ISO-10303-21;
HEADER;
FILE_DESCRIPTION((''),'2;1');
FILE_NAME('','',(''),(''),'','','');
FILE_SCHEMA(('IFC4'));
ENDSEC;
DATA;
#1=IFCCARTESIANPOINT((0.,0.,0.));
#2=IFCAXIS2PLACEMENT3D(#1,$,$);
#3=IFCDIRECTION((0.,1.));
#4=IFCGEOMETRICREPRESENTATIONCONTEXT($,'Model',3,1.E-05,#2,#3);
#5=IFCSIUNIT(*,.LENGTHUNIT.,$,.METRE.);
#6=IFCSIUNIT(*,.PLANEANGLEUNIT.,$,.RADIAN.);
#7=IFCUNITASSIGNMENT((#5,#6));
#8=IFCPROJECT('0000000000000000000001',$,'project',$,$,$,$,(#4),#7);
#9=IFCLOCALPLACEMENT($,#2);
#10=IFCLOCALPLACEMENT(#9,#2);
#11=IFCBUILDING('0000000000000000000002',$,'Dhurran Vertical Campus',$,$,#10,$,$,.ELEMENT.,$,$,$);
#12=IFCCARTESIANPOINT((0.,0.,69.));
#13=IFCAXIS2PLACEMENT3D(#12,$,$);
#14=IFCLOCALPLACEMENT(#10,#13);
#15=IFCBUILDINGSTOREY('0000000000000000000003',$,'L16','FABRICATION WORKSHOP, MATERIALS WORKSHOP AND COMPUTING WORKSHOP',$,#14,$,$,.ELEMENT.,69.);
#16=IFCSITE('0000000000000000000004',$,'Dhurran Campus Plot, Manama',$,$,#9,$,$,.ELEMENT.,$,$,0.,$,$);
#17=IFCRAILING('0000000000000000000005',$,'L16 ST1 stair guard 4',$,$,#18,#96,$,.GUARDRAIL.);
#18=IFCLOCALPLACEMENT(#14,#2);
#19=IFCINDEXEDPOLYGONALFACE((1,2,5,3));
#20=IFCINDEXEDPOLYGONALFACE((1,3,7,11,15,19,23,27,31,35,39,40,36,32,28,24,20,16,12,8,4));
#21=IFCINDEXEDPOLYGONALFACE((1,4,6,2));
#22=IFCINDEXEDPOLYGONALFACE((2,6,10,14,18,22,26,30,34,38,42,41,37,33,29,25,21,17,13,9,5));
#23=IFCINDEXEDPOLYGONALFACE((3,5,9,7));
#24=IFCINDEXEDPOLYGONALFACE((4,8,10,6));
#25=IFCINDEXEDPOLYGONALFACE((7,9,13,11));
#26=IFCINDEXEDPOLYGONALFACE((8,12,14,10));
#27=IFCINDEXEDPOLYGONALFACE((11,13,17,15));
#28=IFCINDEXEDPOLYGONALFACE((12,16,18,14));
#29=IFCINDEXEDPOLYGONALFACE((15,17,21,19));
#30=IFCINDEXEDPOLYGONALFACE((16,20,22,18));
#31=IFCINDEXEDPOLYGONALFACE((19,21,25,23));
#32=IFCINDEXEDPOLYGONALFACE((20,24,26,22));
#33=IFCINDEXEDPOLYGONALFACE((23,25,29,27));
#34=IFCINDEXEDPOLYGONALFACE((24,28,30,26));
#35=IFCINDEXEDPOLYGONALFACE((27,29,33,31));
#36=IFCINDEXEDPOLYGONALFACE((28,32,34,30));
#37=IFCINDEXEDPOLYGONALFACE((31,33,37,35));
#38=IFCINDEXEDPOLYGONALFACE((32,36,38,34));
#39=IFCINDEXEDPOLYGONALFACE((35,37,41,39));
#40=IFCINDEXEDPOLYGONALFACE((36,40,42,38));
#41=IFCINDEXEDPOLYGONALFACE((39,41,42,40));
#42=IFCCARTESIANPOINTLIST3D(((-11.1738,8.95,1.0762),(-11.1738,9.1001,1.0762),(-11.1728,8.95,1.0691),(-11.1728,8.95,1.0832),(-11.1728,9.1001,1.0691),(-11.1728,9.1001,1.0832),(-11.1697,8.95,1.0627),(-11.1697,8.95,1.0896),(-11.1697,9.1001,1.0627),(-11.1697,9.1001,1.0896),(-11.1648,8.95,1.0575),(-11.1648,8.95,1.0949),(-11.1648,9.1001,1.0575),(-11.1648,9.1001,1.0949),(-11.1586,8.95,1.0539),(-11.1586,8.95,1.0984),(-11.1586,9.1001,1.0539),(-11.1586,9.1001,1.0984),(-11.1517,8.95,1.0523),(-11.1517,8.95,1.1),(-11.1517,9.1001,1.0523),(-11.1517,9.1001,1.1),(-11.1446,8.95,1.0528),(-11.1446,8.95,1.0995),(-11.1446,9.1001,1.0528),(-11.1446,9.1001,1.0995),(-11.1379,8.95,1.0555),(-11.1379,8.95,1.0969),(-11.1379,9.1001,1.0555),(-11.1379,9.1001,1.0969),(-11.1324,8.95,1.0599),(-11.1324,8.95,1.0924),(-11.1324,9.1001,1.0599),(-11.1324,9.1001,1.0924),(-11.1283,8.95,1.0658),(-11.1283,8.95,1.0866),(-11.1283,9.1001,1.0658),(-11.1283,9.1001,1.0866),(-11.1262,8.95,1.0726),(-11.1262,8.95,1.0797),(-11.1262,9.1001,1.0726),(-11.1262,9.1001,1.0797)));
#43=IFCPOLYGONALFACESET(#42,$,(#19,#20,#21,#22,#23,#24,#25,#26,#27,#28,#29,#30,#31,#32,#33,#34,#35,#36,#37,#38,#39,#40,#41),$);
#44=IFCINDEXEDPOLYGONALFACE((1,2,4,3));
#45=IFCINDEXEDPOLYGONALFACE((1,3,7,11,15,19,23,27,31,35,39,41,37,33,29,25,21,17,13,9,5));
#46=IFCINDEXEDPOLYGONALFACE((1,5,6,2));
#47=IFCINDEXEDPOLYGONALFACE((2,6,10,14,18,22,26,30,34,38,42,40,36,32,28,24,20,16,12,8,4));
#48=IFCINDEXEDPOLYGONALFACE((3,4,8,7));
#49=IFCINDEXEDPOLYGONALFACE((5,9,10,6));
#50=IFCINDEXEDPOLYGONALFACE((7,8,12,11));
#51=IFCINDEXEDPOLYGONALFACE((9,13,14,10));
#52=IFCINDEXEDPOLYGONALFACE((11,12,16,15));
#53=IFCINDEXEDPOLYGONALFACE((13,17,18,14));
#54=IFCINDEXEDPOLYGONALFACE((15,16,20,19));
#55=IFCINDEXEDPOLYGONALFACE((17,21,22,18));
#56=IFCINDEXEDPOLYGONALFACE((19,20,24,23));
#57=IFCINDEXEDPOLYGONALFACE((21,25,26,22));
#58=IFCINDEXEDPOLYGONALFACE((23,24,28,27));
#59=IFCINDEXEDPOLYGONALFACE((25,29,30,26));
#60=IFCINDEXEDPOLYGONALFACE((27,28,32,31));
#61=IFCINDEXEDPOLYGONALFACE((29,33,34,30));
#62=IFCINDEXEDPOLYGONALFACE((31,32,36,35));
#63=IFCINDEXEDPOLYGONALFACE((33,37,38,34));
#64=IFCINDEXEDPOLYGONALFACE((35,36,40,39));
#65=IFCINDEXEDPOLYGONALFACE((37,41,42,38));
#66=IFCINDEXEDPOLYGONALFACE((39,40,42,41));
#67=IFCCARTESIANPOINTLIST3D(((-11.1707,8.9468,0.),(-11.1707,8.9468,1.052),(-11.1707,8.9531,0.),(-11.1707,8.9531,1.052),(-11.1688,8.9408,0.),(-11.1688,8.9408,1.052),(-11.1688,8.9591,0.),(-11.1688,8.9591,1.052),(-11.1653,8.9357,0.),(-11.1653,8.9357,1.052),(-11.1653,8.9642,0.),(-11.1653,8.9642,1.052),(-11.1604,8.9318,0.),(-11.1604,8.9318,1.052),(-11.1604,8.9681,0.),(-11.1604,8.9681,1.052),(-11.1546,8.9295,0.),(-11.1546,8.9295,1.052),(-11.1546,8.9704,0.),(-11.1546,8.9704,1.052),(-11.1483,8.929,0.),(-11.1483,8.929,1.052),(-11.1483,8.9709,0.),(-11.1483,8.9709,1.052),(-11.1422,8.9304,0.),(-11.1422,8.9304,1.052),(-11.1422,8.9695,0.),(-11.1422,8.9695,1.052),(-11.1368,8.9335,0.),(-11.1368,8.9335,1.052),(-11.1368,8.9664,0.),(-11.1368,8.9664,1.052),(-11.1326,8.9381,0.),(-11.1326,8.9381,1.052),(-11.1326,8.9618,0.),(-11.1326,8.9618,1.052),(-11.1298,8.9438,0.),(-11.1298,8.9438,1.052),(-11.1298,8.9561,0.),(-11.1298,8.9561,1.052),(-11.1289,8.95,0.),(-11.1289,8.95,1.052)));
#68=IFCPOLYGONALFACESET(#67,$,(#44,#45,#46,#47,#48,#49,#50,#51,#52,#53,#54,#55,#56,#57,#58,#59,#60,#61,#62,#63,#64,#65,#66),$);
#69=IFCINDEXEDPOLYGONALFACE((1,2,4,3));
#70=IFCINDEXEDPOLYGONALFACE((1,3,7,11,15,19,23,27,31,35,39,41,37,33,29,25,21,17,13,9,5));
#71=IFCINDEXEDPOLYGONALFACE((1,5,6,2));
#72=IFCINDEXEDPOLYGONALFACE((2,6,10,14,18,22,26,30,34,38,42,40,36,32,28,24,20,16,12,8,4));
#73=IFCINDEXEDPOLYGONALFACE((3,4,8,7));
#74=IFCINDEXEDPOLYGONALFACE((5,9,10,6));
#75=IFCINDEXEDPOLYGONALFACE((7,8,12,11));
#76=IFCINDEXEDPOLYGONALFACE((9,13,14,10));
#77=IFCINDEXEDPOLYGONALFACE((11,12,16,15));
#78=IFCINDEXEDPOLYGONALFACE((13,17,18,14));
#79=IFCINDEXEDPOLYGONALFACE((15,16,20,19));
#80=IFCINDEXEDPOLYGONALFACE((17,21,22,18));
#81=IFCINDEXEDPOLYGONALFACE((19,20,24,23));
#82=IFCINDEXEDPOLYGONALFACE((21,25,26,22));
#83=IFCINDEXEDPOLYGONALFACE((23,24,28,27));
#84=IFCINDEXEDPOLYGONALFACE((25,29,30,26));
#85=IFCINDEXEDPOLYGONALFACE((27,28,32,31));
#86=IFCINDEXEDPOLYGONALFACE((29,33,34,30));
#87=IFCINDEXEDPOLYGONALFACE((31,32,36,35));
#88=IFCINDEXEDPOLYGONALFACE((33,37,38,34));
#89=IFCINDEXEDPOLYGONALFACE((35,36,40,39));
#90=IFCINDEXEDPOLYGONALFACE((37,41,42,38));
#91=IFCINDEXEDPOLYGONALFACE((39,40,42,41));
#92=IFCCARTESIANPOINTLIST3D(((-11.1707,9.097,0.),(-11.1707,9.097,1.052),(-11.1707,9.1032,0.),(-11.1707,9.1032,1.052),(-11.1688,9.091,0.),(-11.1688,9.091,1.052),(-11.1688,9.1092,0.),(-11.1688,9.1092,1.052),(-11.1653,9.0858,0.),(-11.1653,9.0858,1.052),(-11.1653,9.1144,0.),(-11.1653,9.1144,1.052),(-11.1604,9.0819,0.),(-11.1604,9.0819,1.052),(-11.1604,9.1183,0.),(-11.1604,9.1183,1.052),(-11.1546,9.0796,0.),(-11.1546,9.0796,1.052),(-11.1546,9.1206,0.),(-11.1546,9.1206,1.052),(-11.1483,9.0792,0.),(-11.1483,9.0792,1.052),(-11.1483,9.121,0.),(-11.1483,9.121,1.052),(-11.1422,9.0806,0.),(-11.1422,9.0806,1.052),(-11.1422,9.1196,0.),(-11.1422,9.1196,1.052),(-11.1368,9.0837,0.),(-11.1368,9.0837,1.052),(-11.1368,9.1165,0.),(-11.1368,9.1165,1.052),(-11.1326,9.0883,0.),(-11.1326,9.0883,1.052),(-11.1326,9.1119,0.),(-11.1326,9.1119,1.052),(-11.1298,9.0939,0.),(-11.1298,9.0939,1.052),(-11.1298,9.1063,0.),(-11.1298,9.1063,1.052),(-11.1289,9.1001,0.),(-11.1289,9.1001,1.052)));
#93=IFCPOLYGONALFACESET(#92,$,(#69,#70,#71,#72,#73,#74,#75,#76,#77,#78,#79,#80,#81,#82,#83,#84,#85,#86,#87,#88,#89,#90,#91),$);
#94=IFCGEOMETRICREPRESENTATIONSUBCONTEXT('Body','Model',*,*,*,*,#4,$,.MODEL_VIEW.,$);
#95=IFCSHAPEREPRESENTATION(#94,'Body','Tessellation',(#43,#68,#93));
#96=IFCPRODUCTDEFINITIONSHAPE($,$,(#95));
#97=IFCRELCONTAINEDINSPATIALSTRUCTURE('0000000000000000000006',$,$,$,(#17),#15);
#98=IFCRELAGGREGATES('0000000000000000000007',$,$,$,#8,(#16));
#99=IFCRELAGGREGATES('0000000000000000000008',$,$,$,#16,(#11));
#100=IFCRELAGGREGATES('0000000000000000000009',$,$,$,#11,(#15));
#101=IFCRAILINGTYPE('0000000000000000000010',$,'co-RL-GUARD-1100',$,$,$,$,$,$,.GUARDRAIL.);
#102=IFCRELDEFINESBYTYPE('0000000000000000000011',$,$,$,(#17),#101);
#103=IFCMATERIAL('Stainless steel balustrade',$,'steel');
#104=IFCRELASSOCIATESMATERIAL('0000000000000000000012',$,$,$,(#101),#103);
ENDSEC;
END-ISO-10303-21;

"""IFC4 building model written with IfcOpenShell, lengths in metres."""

from ifc_helpers import new_model, si_unit, direction, frame, origin, origin_2d, place, context, subcontext, project, spatial, circle, extrude, material, type_object, element, save


model = new_model("IFC4")

# Units and contexts
model_context = context("Model", 3, precision=1e-05, world=origin(), true_north=direction((0.0, 1.0)))
body_context = subcontext(model_context, "Body", "Model", "MODEL_VIEW")
ifc_project = project(units=[si_unit("LENGTHUNIT", "METRE"), si_unit("PLANEANGLEUNIT", "RADIAN")], contexts=[model_context])

# Site, building, storey
site_placement = place(None, origin())
site = spatial("IfcSite", under=ifc_project, at=site_placement, Name="Dhurran Campus Plot, Manama", CompositionType="ELEMENT", RefElevation=0.0)
building_placement = place(site_placement, origin())
building = spatial("IfcBuilding", under=site, at=building_placement, Name="Dhurran Vertical Campus", CompositionType="ELEMENT")
storey_placement = place(building_placement, frame((0.0, 0.0, 69.0)))
storey = spatial("IfcBuildingStorey", under=building, at=storey_placement, Name="L16", Description="FABRICATION WORKSHOP, MATERIALS WORKSHOP AND COMPUTING WORKSHOP", CompositionType="ELEMENT", Elevation=69.0)

# Railing
ifc_material_1 = material(Name="Stainless steel balustrade", Category="steel")
railing_type_1 = type_object("IfcRailingType", Name="co-RL-GUARD-1100", PredefinedType="GUARDRAIL", material=ifc_material_1)
railing_1_placement = place(storey_placement, frame((-11.1499, 8.95, 0.0)))
element("IfcRailing", 1, at=railing_1_placement, inside=storey, type_object=railing_type_1, Name="L16 ST1 stair guard 4", PredefinedType="GUARDRAIL", context=body_context, shape_type="SweptSolid", body=[
    extrude(circle(Radius=0.0239, at=origin_2d()), frame((0.0, 0.0, 1.0762), z_axis=(0.0, 1.0, 0.0), x_axis=(-1.0, 0.0, 0.0)), (0.0, 0.0, 1.0), 0.1501),
    extrude(circle(Radius=0.021, at=origin_2d()), origin(), (0.0, 0.0, 1.0), 1.052),
    extrude(circle(Radius=0.021, at=origin_2d()), frame((0.0, 0.1501, 0.0)), (0.0, 0.0, 1.0), 1.052),
])

save(model, "model.ifc")
